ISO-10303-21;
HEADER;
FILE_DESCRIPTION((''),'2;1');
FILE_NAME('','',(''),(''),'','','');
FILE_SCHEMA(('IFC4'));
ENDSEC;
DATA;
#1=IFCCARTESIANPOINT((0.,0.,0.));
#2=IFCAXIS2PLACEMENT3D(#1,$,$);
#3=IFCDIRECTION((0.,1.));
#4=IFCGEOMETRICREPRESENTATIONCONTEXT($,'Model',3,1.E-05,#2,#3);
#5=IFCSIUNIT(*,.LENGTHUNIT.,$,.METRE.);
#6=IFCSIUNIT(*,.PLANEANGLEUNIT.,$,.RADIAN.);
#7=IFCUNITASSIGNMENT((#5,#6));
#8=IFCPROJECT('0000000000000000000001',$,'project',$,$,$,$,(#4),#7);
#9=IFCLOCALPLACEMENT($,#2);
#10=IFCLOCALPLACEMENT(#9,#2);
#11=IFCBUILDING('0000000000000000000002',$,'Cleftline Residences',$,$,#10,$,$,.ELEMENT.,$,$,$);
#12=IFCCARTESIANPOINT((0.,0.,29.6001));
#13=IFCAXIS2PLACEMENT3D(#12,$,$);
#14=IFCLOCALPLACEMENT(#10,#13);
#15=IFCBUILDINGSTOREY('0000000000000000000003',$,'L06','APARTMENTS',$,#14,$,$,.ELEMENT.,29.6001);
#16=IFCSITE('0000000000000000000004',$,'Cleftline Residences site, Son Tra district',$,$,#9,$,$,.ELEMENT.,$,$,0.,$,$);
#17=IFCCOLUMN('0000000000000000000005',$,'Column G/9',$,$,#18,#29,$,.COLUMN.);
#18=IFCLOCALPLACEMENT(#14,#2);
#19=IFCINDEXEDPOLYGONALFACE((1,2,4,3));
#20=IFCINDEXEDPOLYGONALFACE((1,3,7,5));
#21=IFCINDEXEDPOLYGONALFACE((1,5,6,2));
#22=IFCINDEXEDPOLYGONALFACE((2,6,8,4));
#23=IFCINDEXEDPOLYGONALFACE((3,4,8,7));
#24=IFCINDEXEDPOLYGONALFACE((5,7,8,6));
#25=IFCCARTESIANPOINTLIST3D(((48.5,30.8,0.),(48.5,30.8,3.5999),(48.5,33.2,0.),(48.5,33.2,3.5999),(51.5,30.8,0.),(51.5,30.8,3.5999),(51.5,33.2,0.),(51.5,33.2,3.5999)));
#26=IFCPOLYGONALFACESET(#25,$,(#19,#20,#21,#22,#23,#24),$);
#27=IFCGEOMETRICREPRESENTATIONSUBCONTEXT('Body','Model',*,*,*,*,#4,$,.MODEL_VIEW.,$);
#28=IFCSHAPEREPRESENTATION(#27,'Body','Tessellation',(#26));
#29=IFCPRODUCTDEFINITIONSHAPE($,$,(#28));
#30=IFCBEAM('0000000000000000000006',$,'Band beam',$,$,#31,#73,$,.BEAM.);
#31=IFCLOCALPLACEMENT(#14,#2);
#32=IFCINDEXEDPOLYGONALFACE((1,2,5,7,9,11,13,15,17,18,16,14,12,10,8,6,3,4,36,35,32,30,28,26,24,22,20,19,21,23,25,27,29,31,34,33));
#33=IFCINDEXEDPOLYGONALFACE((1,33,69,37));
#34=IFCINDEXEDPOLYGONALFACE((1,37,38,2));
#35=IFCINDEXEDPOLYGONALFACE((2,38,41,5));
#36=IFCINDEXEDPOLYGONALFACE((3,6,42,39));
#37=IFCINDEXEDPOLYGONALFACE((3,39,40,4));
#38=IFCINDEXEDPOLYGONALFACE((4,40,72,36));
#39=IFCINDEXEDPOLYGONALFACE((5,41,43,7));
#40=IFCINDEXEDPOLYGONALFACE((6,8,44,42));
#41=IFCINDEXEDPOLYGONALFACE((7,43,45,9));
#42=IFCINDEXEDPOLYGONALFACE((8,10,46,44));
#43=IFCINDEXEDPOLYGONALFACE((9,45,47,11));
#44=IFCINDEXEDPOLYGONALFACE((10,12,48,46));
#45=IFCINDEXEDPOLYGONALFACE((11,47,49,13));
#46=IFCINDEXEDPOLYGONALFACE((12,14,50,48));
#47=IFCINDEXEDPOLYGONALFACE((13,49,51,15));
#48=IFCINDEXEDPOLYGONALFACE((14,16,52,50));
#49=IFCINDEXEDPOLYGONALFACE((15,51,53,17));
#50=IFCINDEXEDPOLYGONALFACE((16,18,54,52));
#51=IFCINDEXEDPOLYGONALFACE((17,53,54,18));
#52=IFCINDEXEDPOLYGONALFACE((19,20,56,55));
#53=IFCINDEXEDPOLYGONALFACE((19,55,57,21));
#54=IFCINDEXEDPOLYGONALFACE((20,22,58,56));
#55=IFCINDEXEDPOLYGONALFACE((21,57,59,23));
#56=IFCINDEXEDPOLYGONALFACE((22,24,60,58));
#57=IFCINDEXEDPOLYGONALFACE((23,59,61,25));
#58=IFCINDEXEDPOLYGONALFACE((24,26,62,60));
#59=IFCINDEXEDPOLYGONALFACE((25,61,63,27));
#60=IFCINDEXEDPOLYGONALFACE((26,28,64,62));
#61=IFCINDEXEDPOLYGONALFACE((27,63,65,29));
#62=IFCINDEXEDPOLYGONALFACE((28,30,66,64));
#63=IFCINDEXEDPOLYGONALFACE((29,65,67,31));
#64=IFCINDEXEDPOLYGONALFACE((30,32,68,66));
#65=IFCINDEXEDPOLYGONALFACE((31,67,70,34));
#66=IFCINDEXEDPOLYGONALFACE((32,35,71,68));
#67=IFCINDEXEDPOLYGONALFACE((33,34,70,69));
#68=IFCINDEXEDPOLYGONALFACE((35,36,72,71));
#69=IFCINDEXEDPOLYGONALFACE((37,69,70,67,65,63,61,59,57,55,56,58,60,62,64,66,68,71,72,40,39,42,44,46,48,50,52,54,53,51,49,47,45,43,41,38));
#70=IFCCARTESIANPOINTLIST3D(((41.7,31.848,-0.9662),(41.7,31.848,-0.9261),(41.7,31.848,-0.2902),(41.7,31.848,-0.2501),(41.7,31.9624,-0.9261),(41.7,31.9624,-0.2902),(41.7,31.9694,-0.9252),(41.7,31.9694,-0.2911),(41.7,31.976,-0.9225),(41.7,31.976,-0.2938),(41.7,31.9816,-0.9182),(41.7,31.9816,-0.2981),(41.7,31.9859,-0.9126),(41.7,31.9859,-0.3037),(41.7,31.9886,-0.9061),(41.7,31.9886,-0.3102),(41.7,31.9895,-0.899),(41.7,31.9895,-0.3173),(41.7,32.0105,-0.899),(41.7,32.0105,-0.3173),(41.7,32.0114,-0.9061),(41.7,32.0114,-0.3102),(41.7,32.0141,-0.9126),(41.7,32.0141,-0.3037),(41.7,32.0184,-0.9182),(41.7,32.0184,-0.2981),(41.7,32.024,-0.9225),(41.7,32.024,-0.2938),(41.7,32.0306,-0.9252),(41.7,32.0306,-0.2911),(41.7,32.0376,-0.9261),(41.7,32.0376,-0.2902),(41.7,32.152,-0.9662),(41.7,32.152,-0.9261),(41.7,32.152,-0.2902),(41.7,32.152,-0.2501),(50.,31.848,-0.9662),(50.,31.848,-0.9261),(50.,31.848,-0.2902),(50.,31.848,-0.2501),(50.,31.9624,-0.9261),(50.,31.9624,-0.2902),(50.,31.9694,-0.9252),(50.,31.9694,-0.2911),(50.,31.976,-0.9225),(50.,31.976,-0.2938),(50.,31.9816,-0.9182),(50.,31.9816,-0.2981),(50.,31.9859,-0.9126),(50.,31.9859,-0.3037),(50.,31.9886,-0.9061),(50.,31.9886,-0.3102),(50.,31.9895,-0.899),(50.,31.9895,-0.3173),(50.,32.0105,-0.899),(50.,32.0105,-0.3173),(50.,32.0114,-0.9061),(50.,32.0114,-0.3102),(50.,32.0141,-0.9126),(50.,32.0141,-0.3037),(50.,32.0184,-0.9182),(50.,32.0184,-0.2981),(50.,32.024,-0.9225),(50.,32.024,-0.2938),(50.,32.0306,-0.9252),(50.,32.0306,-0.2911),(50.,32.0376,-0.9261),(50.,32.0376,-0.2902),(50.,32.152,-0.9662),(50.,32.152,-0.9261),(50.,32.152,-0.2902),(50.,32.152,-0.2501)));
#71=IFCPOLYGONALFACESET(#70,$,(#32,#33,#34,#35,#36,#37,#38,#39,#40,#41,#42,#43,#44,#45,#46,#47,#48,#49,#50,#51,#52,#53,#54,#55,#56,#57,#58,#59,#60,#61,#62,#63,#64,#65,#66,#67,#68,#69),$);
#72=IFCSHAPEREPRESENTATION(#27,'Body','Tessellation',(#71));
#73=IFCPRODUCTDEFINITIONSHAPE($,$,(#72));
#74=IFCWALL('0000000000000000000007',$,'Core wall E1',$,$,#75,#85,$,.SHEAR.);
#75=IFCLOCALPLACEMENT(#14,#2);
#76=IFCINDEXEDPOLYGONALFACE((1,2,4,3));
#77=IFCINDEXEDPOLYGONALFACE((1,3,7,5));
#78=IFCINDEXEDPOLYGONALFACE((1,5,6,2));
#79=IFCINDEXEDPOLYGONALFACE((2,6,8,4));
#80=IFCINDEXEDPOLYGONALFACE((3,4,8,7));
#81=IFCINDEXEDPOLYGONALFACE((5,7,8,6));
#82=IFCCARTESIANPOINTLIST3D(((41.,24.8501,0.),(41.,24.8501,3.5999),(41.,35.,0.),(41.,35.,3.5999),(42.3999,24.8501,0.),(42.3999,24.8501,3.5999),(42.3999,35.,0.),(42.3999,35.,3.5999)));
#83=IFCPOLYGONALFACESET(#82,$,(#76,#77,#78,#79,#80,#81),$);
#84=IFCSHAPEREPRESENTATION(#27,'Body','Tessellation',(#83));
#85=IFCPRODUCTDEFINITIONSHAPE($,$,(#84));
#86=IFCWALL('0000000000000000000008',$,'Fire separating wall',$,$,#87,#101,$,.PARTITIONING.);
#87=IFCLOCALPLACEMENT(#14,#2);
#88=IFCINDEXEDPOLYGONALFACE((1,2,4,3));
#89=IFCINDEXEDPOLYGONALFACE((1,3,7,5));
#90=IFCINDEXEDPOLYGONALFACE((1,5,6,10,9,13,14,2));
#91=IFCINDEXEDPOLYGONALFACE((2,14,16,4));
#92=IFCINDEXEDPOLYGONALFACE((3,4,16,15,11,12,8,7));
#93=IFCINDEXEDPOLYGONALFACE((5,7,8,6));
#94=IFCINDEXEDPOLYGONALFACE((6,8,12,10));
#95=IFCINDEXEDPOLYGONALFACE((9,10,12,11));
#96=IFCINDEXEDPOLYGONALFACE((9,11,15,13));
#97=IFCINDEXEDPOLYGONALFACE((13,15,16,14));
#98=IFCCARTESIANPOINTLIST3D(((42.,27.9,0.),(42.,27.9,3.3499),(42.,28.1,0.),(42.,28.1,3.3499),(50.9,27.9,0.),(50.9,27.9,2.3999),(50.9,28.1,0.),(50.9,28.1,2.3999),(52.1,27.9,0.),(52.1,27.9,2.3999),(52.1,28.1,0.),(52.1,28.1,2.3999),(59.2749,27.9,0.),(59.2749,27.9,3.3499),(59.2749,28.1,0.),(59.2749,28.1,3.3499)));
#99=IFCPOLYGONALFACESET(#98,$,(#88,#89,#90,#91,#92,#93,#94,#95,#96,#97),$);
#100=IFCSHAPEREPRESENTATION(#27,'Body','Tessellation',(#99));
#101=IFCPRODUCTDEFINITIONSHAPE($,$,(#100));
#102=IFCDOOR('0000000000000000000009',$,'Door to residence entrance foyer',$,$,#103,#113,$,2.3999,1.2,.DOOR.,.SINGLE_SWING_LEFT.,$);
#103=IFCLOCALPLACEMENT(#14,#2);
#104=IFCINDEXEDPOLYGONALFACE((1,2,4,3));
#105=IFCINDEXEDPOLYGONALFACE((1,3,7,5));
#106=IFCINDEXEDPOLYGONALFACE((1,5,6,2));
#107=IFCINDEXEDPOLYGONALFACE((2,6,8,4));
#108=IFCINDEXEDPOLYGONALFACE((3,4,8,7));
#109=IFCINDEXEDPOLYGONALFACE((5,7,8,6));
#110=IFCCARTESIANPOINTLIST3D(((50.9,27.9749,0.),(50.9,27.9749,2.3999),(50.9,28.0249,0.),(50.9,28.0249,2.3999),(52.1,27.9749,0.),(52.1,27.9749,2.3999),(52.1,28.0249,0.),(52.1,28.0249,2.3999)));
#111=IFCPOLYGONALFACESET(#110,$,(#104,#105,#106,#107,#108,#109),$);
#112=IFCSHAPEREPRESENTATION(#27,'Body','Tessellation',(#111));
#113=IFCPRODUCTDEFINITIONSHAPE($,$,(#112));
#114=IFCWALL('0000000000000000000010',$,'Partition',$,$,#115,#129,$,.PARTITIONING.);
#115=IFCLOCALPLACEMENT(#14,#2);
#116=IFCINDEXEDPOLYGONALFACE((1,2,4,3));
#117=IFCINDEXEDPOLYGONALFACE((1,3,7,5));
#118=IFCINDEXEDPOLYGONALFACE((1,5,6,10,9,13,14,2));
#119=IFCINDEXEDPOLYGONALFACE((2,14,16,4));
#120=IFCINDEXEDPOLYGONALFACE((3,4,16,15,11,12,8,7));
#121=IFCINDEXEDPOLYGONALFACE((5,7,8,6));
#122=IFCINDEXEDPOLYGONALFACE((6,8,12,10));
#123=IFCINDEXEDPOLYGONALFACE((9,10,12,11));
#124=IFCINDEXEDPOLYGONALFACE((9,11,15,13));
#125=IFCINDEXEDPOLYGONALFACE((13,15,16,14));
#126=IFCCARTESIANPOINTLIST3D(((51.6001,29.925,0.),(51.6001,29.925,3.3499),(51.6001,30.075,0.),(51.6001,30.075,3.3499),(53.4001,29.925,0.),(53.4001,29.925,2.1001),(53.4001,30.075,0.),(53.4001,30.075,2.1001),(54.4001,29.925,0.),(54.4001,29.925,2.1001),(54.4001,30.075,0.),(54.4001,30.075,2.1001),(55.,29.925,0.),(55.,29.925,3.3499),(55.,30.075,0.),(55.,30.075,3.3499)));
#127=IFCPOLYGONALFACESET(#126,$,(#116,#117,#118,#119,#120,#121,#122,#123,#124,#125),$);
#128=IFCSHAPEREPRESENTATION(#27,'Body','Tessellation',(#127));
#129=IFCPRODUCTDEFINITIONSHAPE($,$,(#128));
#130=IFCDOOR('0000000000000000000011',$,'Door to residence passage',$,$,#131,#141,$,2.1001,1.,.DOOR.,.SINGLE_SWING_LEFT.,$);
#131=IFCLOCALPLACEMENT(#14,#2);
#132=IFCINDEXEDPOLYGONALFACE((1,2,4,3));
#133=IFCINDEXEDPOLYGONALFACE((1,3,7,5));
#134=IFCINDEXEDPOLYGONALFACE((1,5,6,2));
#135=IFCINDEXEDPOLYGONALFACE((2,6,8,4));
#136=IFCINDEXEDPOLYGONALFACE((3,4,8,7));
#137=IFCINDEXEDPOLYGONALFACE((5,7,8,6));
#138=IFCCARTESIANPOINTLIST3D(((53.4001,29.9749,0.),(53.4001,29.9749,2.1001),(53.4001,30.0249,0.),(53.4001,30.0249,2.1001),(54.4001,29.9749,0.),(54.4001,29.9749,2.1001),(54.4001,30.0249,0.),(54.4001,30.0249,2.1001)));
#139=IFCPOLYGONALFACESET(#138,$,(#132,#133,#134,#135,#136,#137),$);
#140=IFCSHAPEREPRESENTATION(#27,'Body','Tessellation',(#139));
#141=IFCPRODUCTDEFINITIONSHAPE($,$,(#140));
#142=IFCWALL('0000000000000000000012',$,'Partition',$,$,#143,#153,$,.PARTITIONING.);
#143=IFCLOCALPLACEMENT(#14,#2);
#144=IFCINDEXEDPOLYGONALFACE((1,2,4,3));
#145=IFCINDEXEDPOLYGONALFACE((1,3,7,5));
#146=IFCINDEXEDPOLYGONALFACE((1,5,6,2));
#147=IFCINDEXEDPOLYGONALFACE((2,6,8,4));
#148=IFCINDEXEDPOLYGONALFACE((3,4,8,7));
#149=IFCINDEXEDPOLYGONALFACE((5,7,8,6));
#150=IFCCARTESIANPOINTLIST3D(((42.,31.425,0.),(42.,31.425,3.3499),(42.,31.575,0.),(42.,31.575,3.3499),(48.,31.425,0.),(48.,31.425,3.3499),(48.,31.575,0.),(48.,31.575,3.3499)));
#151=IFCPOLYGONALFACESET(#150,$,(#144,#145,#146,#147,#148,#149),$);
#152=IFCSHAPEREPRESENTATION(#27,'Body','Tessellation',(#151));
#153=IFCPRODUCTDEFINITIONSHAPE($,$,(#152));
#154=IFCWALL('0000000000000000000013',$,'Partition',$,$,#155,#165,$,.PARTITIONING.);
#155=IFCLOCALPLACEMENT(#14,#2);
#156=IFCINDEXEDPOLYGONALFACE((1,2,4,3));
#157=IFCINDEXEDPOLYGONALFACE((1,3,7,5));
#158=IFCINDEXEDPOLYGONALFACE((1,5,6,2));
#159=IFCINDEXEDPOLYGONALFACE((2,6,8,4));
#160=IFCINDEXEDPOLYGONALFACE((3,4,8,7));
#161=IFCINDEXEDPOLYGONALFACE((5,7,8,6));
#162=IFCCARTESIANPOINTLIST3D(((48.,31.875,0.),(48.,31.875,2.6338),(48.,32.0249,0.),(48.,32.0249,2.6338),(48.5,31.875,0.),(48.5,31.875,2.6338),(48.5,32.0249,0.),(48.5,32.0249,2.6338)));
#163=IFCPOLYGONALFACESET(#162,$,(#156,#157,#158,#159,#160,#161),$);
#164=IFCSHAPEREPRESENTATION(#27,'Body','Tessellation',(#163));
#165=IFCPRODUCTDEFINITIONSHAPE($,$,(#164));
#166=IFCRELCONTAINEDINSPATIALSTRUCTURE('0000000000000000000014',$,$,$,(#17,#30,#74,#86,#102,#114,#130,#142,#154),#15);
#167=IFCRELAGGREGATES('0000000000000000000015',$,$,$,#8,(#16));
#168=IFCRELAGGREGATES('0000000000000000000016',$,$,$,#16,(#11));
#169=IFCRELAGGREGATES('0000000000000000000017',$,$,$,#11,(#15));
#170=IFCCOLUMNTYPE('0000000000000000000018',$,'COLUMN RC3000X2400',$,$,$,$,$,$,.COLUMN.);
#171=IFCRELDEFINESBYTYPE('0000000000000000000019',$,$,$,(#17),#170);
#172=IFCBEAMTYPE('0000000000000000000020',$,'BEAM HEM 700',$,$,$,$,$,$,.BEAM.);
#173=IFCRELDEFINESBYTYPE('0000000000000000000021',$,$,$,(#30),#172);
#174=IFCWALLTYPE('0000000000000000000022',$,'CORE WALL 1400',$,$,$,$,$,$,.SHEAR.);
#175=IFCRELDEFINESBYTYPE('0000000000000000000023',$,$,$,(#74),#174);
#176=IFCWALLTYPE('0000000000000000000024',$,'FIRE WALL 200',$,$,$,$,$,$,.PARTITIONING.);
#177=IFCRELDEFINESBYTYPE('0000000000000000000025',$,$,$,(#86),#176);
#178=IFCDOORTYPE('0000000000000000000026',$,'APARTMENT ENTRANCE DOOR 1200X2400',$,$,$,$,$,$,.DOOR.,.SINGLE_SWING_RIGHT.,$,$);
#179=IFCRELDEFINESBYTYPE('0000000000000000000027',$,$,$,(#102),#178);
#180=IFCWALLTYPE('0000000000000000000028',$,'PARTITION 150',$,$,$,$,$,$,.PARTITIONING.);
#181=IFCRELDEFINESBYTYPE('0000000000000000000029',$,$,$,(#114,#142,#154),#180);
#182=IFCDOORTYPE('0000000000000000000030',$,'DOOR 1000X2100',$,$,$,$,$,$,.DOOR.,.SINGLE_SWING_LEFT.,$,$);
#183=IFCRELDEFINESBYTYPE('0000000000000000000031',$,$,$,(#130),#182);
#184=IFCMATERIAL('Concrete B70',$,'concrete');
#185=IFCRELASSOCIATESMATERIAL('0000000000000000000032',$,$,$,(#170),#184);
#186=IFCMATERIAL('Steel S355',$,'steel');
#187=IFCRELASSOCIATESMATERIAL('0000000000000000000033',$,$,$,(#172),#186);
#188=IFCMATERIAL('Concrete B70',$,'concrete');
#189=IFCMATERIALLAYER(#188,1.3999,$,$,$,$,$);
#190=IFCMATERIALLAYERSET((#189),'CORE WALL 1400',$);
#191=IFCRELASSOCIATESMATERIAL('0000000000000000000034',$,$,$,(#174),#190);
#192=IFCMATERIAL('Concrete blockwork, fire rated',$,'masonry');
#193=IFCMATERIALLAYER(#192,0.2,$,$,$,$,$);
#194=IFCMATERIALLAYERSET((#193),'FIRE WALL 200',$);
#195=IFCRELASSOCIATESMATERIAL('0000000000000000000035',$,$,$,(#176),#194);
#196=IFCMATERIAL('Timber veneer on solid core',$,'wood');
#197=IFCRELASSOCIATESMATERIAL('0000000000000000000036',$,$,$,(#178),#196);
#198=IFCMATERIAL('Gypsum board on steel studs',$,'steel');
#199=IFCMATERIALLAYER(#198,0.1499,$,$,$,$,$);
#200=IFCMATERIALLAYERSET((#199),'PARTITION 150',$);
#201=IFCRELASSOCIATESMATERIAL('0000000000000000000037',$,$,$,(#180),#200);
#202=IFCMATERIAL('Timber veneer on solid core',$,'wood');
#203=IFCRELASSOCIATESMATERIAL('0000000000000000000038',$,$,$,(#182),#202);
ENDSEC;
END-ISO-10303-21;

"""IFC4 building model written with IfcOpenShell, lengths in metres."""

from ifc_helpers import new_model, si_unit, direction, frame, frame_2d, origin, origin_2d, place, context, subcontext, project, spatial, rectangle, i_section, extrude, material, layer, layer_set, material_profile, profile_set, type_object, element, fill, save


model = new_model("IFC4")

# Units and contexts
model_context = context("Model", 3, precision=1e-05, world=origin(), true_north=direction((0.0, 1.0)))
body_context = subcontext(model_context, "Body", "Model", "MODEL_VIEW")
ifc_project = project(units=[si_unit("LENGTHUNIT", "METRE"), si_unit("PLANEANGLEUNIT", "RADIAN")], contexts=[model_context])

# Site, building, storey
site_placement = place(None, origin())
site = spatial("IfcSite", under=ifc_project, at=site_placement, Name="Cleftline Residences site, Son Tra district", CompositionType="ELEMENT", RefElevation=0.0)
building_placement = place(site_placement, origin())
building = spatial("IfcBuilding", under=site, at=building_placement, Name="Cleftline Residences", CompositionType="ELEMENT")
storey_placement = place(building_placement, frame((0.0, 0.0, 29.6001)))
storey = spatial("IfcBuildingStorey", under=building, at=storey_placement, Name="L06", Description="APARTMENTS", CompositionType="ELEMENT", Elevation=29.6001)

# Column
ifc_material_1 = material(Name="Concrete B70", Category="concrete")
ifc_material_profile_1 = material_profile(ifc_material_1, rectangle(XDim=3.0, YDim=2.3999, at=origin_2d()))
ifc_profile_set_1 = profile_set([ifc_material_profile_1], Name="Concrete B70")
column_type = type_object("IfcColumnType", Name="COLUMN RC3000X2400", PredefinedType="COLUMN", material=ifc_profile_set_1)
column_placement = place(storey_placement, frame((50.0, 32.0, 0.0), z_axis=(0.0, 0.0, 1.0), x_axis=(1.0, 0.0, 0.0)))
element("IfcColumn", 1, at=column_placement, inside=storey, type_object=column_type, Name="Column G/9", PredefinedType="COLUMN", context=body_context, shape_type="SweptSolid", body=[
    extrude(rectangle(XDim=3.0, YDim=2.3999, at=origin_2d()), origin(), (0.0, 0.0, 1.0), 3.5999),
])

# Beam
ifc_material_2 = material(Name="Steel S355", Category="steel")
ifc_material_profile_2 = material_profile(ifc_material_2, i_section(OverallWidth=0.304, OverallDepth=0.7161, WebThickness=0.021, FlangeThickness=0.04, FilletRadius=0.0271, at=origin_2d()))
ifc_profile_set_2 = profile_set([ifc_material_profile_2], Name="Steel S355")
beam_type = type_object("IfcBeamType", Name="BEAM HEM 700", PredefinedType="BEAM", material=ifc_profile_set_2)
beam_placement = place(storey_placement, frame((50.0, 32.0, -0.6082), z_axis=(-1.0, 0.0, 0.0), x_axis=(0.0, -1.0, 0.0)))
element("IfcBeam", 2, at=beam_placement, inside=storey, type_object=beam_type, Name="Band beam", PredefinedType="BEAM", context=body_context, shape_type="SweptSolid", body=[
    extrude(i_section(OverallWidth=0.304, OverallDepth=0.7161, WebThickness=0.021, FlangeThickness=0.04, FilletRadius=0.0271, at=origin_2d()), origin(), (0.0, 0.0, 1.0), 8.3),
])

# Wall
ifc_material_3 = material(Name="Concrete B70", Category="concrete")
ifc_layer_1 = layer(ifc_material_3, 1.3999)
ifc_layer_set_1 = layer_set([ifc_layer_1], Name="CORE WALL 1400")
wall_type_1 = type_object("IfcWallType", Name="CORE WALL 1400", PredefinedType="SHEAR", material=ifc_layer_set_1)
wall_1_placement = place(storey_placement, frame((41.7, 24.8501, 0.0), z_axis=(0.0, 0.0, 1.0), x_axis=(0.0, 1.0, 0.0)))
element("IfcWall", 3, at=wall_1_placement, inside=storey, type_object=wall_type_1, Name="Core wall E1", PredefinedType="SHEAR", context=body_context, shape_type="SweptSolid", body=[
    extrude(rectangle(XDim=10.1499, YDim=1.3999, at=frame_2d((5.075, 0.0))), origin(), (0.0, 0.0, 1.0), 3.5999),
])

# Walls, openings, doors
ifc_material_4 = material(Name="Concrete blockwork, fire rated", Category="masonry")
ifc_layer_2 = layer(ifc_material_4, 0.2)
ifc_layer_set_2 = layer_set([ifc_layer_2], Name="FIRE WALL 200")
wall_type_2 = type_object("IfcWallType", Name="FIRE WALL 200", PredefinedType="PARTITIONING", material=ifc_layer_set_2)
wall_2_placement = place(storey_placement, frame((42.0, 28.0, 0.0), z_axis=(0.0, 0.0, 1.0), x_axis=(1.0, 0.0, 0.0)))
wall_2 = element("IfcWall", 4, at=wall_2_placement, inside=storey, type_object=wall_type_2, Name="Fire separating wall", PredefinedType="PARTITIONING", context=body_context, shape_type="SweptSolid", body=[
    extrude(rectangle(XDim=17.2749, YDim=0.2, at=frame_2d((8.6375, 0.0))), origin(), (0.0, 0.0, 1.0), 3.3499),
])
opening_1_placement = place(wall_2_placement, frame((8.8999, 0.0, 0.0)))
opening_1 = element("IfcOpeningElement", 5, at=opening_1_placement, cuts=wall_2, PredefinedType="OPENING", context=body_context, shape_type="SweptSolid", body=[
    extrude(rectangle(XDim=1.2, YDim=2.3999, at=frame_2d((0.6001, 1.2))), frame((0.0, 0.1099, 0.0), z_axis=(0.0, -1.0, 0.0), x_axis=(1.0, 0.0, 0.0)), (0.0, 0.0, 1.0), 0.22),
])
ifc_material_5 = material(Name="Timber veneer on solid core", Category="wood")
door_type_1 = type_object("IfcDoorType", Name="APARTMENT ENTRANCE DOOR 1200X2400", OperationType="SINGLE_SWING_RIGHT", PredefinedType="DOOR", material=ifc_material_5)
door_1_placement = place(opening_1_placement, origin())
door_1 = element("IfcDoor", 6, at=door_1_placement, inside=storey, type_object=door_type_1, Name="Door to residence entrance foyer", OperationType="SINGLE_SWING_LEFT", OverallHeight=2.3999, OverallWidth=1.2, PredefinedType="DOOR", context=body_context, shape_type="SweptSolid", body=[
    extrude(rectangle(XDim=1.2, YDim=2.3999, at=frame_2d((0.6001, 1.2))), frame((0.0, 0.0249, 0.0), z_axis=(0.0, -1.0, 0.0), x_axis=(1.0, 0.0, 0.0)), (0.0, 0.0, 1.0), 0.05),
])
fill(opening_1, door_1)
ifc_material_6 = material(Name="Gypsum board on steel studs", Category="steel")
ifc_layer_3 = layer(ifc_material_6, 0.1499)
ifc_layer_set_3 = layer_set([ifc_layer_3], Name="PARTITION 150")
wall_type_3 = type_object("IfcWallType", Name="PARTITION 150", PredefinedType="PARTITIONING", material=ifc_layer_set_3)
wall_3_placement = place(storey_placement, frame((51.6001, 30.0, 0.0), z_axis=(0.0, 0.0, 1.0), x_axis=(1.0, 0.0, 0.0)))
wall_3 = element("IfcWall", 7, at=wall_3_placement, inside=storey, type_object=wall_type_3, Name="Partition", PredefinedType="PARTITIONING", context=body_context, shape_type="SweptSolid", body=[
    extrude(rectangle(XDim=3.3999, YDim=0.1499, at=frame_2d((1.7, 0.0))), origin(), (0.0, 0.0, 1.0), 3.3499),
])
opening_2_placement = place(wall_3_placement, frame((1.8, 0.0, 0.0)))
opening_2 = element("IfcOpeningElement", 8, at=opening_2_placement, cuts=wall_3, PredefinedType="OPENING", context=body_context, shape_type="SweptSolid", body=[
    extrude(rectangle(XDim=1.0, YDim=2.1001, at=frame_2d((0.5, 1.05))), frame((0.0, 0.085, 0.0), z_axis=(0.0, -1.0, 0.0), x_axis=(1.0, 0.0, 0.0)), (0.0, 0.0, 1.0), 0.1699),
])
ifc_material_7 = material(Name="Timber veneer on solid core", Category="wood")
door_type_2 = type_object("IfcDoorType", Name="DOOR 1000X2100", OperationType="SINGLE_SWING_LEFT", PredefinedType="DOOR", material=ifc_material_7)
door_2_placement = place(opening_2_placement, origin())
door_2 = element("IfcDoor", 9, at=door_2_placement, inside=storey, type_object=door_type_2, Name="Door to residence passage", OperationType="SINGLE_SWING_LEFT", OverallHeight=2.1001, OverallWidth=1.0, PredefinedType="DOOR", context=body_context, shape_type="SweptSolid", body=[
    extrude(rectangle(XDim=1.0, YDim=2.1001, at=frame_2d((0.5, 1.05))), frame((0.0, 0.0249, 0.0), z_axis=(0.0, -1.0, 0.0), x_axis=(1.0, 0.0, 0.0)), (0.0, 0.0, 1.0), 0.05),
])
fill(opening_2, door_2)

# Walls
wall_4_placement = place(storey_placement, frame((42.0, 31.5, 0.0), z_axis=(0.0, 0.0, 1.0), x_axis=(1.0, 0.0, 0.0)))
element("IfcWall", 10, at=wall_4_placement, inside=storey, type_object=wall_type_3, Name="Partition", PredefinedType="PARTITIONING", context=body_context, shape_type="SweptSolid", body=[
    extrude(rectangle(XDim=6.0, YDim=0.1499, at=frame_2d((3.0, 0.0))), origin(), (0.0, 0.0, 1.0), 3.3499),
])
wall_5_placement = place(storey_placement, frame((48.0, 31.95, 0.0), z_axis=(0.0, 0.0, 1.0), x_axis=(1.0, 0.0, 0.0)))
element("IfcWall", 11, at=wall_5_placement, inside=storey, type_object=wall_type_3, Name="Partition", PredefinedType="PARTITIONING", context=body_context, shape_type="SweptSolid", body=[
    extrude(rectangle(XDim=0.5, YDim=0.1499, at=frame_2d((0.25, 0.0))), origin(), (0.0, 0.0, 1.0), 2.6338),
])

save(model, "model.ifc")
